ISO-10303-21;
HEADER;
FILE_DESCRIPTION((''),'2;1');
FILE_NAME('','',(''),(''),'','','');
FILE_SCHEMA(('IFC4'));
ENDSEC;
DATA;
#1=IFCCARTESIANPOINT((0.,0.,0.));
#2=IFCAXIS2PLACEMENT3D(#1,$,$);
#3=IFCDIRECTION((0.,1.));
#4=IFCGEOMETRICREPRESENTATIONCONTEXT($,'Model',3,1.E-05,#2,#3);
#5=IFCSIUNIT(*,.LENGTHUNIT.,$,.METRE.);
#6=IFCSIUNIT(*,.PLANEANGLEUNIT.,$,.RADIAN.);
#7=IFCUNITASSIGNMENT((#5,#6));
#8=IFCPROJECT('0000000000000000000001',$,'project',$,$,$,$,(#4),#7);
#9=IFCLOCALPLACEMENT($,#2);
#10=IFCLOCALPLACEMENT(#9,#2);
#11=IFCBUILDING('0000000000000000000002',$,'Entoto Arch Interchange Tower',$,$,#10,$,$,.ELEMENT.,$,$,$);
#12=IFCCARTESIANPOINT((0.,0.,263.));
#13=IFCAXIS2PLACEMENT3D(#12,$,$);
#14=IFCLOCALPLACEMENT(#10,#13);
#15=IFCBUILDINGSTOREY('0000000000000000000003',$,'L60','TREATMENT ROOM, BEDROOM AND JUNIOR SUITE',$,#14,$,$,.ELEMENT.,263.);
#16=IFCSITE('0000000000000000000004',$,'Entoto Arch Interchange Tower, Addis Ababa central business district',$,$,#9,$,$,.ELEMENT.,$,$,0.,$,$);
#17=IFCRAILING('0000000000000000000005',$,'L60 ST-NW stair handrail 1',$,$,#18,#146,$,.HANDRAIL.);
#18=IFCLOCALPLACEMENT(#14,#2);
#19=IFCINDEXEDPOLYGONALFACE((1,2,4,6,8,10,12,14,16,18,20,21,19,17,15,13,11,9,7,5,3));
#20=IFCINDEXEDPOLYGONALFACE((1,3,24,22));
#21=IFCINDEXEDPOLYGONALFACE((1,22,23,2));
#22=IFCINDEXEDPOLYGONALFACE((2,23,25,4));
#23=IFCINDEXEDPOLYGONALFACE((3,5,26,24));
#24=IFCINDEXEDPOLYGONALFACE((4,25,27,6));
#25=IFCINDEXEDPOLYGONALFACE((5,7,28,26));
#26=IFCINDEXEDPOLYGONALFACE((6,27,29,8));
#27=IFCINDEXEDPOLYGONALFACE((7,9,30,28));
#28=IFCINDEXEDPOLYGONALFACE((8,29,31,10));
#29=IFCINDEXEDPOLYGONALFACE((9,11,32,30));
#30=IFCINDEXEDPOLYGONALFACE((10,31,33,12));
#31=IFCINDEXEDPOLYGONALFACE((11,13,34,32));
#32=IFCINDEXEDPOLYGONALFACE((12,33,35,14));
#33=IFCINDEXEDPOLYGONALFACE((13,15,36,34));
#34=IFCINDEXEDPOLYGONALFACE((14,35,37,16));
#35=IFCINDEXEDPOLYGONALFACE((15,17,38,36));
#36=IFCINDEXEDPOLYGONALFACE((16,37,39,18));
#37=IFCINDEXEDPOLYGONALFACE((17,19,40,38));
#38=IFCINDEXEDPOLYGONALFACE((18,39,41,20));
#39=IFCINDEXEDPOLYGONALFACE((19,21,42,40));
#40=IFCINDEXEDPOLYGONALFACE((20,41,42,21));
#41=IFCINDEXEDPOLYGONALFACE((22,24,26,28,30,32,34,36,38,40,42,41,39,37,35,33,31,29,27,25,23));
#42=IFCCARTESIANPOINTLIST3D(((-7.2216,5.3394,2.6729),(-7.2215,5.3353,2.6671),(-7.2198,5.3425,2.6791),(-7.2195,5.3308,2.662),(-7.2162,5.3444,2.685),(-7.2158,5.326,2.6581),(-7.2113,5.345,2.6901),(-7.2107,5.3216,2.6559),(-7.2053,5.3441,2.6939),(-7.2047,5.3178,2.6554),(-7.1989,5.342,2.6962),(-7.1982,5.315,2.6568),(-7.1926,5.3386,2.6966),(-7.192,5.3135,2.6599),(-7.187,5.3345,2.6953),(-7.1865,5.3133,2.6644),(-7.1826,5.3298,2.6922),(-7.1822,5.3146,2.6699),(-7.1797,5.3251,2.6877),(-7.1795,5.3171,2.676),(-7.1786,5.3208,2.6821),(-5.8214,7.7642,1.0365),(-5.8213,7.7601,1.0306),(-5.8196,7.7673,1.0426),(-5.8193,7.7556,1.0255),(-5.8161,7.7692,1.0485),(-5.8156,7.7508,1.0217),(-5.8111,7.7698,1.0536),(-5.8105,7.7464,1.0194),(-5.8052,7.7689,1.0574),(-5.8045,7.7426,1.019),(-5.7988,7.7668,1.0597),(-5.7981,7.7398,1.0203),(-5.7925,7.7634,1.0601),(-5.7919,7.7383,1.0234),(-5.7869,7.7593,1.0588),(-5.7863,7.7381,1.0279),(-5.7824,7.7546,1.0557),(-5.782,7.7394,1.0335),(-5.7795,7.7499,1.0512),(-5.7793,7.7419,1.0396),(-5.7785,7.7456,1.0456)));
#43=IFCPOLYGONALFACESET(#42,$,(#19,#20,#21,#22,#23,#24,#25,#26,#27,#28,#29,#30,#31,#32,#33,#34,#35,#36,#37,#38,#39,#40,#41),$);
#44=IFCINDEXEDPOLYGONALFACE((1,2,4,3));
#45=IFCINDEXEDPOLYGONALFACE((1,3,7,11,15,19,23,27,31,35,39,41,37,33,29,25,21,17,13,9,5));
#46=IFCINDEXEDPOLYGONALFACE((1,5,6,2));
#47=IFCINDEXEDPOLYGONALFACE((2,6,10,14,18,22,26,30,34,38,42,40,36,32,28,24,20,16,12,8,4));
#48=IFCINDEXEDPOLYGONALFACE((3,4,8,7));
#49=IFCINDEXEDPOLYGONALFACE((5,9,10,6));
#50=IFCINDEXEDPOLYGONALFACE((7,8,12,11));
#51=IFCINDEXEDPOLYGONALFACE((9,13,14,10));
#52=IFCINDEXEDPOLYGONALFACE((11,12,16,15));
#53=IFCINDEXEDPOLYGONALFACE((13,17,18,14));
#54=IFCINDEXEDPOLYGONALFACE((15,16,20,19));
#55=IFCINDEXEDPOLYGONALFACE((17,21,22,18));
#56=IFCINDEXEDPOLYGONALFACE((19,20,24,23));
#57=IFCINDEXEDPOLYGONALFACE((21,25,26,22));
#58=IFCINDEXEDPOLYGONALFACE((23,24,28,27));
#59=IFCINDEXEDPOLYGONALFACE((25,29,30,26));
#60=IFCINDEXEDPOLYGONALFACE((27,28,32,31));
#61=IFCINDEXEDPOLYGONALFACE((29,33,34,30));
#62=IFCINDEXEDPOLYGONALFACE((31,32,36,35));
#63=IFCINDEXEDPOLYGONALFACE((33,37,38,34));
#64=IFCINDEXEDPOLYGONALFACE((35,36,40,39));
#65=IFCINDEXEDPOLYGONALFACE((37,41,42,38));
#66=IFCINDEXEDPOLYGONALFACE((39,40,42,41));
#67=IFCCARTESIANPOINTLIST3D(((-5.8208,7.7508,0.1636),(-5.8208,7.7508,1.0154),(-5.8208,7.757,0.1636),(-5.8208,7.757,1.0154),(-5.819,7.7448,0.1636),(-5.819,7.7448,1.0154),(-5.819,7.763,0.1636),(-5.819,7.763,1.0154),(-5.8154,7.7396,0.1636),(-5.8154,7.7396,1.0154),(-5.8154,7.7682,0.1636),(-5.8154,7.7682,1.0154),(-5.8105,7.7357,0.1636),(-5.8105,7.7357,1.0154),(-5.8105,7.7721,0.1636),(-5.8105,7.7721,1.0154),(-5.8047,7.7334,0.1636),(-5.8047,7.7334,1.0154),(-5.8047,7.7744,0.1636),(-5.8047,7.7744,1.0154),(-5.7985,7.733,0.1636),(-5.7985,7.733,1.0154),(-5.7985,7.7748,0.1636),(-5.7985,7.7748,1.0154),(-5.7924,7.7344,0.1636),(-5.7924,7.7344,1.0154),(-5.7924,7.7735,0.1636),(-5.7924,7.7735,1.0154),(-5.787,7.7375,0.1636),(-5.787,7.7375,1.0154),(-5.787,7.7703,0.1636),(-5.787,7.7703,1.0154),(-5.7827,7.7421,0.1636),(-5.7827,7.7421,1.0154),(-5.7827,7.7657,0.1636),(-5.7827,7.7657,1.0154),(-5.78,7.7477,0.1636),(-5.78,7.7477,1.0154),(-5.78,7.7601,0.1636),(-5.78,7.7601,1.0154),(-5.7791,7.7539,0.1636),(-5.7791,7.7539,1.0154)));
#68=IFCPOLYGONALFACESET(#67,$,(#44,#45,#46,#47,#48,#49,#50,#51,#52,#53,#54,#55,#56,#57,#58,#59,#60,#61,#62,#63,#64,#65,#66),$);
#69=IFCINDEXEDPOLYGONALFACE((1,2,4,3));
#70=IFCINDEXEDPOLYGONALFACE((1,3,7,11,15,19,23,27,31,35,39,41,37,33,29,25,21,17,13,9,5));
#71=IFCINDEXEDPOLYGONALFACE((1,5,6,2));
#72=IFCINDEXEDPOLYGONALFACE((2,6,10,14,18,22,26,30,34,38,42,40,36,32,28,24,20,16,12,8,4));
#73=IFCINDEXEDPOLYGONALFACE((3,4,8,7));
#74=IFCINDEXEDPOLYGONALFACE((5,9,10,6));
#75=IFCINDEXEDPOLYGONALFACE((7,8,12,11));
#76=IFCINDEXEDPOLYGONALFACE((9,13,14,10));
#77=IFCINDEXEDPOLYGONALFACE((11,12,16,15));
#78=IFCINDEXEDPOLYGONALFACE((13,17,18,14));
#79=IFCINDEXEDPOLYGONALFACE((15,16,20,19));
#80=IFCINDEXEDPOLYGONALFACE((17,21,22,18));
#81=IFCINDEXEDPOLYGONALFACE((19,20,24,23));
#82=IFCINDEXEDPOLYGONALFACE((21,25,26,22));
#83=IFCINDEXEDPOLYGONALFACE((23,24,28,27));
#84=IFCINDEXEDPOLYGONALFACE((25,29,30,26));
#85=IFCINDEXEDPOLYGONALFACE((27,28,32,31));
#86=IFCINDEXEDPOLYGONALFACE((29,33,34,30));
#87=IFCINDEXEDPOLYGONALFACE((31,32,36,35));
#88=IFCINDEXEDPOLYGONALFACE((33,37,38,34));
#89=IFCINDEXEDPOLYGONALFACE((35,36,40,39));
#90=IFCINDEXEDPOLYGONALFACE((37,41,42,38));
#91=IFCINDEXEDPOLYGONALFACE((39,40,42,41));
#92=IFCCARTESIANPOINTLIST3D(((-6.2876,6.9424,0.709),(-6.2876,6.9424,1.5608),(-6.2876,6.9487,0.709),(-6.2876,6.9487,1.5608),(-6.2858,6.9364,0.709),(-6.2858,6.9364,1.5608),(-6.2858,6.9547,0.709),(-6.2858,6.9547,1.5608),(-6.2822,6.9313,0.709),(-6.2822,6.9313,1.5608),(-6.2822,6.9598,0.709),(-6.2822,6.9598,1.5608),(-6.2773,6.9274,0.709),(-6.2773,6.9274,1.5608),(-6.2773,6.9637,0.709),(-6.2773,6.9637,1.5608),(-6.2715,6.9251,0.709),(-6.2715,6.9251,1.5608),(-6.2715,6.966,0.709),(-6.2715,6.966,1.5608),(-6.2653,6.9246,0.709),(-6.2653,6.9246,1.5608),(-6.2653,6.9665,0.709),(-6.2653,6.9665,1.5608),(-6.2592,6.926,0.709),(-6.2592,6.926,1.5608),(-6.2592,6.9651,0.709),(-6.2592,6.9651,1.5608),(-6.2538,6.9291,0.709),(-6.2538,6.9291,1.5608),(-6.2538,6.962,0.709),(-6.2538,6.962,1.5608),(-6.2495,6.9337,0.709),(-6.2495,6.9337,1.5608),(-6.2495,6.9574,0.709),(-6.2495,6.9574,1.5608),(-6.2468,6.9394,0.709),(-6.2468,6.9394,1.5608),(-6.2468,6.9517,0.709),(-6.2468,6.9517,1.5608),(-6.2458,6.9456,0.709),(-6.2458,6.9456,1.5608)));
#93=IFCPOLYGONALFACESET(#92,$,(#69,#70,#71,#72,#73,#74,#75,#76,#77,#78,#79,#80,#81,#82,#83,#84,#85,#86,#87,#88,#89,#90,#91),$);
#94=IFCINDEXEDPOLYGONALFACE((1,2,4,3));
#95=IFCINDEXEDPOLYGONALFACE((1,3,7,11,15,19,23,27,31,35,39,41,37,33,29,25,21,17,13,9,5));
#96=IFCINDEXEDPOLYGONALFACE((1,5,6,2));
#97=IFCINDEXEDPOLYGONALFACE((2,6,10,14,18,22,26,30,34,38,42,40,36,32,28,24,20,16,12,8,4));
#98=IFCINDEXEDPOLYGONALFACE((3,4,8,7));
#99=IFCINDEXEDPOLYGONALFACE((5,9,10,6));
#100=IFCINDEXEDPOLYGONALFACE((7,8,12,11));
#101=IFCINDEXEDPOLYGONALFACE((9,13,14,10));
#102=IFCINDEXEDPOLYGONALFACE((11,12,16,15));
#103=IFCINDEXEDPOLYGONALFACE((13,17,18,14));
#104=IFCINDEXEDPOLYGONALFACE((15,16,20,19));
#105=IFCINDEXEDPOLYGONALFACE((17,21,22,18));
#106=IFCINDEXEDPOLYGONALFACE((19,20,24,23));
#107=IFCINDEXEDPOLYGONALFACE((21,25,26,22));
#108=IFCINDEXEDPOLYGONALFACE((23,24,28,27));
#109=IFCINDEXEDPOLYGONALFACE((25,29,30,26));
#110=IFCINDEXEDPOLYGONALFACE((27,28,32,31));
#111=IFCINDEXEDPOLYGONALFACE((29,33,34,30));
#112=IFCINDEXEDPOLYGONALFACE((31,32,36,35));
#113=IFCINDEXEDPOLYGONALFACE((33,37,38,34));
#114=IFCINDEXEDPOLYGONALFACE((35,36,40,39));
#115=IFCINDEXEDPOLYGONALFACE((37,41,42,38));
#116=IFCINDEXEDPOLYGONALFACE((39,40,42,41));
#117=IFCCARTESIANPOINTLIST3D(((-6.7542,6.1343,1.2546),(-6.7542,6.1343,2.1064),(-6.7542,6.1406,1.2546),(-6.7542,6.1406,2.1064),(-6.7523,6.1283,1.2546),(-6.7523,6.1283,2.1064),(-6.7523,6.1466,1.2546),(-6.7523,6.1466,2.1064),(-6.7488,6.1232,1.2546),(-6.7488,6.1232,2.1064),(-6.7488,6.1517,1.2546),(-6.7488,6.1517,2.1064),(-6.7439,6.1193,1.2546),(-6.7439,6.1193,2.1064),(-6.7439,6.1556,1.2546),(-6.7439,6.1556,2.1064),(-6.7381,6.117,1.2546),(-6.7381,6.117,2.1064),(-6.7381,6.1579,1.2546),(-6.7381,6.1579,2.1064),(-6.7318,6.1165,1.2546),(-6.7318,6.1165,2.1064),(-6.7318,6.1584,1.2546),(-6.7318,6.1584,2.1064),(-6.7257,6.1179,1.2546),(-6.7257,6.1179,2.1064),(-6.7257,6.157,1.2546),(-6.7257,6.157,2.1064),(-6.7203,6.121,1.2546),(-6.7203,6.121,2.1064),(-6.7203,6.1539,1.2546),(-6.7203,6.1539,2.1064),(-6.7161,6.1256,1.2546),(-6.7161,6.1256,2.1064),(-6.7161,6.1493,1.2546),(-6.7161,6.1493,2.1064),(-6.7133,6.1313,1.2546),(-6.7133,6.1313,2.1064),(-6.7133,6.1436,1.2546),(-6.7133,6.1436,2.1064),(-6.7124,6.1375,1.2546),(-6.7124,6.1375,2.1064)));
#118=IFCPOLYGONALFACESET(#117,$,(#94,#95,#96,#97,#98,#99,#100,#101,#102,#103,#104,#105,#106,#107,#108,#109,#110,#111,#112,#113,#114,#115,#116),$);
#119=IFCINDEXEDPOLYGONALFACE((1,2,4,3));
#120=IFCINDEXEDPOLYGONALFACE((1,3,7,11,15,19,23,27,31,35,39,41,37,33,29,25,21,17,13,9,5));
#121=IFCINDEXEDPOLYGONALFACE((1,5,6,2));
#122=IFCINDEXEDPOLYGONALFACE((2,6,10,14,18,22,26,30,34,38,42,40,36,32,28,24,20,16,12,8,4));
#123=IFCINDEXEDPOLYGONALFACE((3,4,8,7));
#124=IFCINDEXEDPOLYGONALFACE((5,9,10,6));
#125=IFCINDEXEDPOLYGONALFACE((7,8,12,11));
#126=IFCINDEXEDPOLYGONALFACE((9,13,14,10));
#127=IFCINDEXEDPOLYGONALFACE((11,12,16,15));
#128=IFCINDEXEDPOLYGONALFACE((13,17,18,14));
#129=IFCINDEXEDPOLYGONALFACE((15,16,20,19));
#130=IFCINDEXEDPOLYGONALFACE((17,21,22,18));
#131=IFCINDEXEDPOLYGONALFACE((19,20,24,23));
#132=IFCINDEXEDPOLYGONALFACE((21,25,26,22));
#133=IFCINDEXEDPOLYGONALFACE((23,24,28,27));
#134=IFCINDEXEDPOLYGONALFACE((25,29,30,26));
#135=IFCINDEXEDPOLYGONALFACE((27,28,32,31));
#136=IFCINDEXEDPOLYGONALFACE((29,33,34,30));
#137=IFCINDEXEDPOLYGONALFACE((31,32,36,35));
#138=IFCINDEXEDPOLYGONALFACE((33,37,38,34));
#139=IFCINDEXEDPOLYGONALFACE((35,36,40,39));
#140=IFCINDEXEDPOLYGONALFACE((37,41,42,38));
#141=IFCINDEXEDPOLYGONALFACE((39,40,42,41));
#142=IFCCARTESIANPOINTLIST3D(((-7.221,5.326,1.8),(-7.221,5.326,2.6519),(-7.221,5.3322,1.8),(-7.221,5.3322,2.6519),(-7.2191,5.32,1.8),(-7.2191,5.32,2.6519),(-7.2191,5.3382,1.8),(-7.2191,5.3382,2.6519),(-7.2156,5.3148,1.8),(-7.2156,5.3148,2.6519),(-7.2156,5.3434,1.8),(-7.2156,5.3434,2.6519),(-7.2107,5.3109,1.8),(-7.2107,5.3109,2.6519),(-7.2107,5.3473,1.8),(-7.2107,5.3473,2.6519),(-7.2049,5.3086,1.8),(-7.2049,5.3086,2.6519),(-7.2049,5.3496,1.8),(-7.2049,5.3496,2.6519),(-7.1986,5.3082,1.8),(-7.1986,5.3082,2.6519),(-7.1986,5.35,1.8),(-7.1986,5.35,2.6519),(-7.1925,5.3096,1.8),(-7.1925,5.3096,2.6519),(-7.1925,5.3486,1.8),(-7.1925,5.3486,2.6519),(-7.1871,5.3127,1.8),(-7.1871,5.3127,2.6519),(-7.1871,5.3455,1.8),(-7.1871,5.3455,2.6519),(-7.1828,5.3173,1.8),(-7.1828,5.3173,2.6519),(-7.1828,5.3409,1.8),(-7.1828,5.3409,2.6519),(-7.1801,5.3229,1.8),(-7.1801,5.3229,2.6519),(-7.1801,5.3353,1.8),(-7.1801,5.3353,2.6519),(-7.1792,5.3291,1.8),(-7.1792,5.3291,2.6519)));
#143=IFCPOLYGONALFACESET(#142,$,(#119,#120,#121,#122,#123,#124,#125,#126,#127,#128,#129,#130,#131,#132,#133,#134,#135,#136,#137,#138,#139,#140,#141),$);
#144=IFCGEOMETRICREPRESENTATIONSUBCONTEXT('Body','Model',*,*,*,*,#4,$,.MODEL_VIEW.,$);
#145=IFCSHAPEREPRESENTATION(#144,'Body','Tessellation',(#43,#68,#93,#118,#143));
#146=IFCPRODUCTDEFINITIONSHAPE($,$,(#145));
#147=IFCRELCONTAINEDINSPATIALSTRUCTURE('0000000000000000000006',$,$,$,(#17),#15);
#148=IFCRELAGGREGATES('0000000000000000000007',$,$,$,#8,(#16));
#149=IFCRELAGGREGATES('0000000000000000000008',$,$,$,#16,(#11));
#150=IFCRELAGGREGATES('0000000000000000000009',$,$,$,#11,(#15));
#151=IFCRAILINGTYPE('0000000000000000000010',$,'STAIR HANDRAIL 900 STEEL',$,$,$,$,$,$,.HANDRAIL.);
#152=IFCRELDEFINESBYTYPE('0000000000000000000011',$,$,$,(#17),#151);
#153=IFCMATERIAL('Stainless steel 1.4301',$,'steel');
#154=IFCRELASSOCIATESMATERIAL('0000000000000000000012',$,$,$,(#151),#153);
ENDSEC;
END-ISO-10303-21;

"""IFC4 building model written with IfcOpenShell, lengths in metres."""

from ifc_helpers import new_model, si_unit, direction, frame, origin, origin_2d, place, context, subcontext, project, spatial, circle, extrude, material, type_object, element, save


model = new_model("IFC4")

# Units and contexts
model_context = context("Model", 3, precision=1e-05, world=origin(), true_north=direction((0.0, 1.0)))
body_context = subcontext(model_context, "Body", "Model", "MODEL_VIEW")
ifc_project = project(units=[si_unit("LENGTHUNIT", "METRE"), si_unit("PLANEANGLEUNIT", "RADIAN")], contexts=[model_context])

# Site, building, storey
site_placement = place(None, origin())
site = spatial("IfcSite", under=ifc_project, at=site_placement, Name="Entoto Arch Interchange Tower, Addis Ababa central business district", CompositionType="ELEMENT", RefElevation=0.0)
building_placement = place(site_placement, origin())
building = spatial("IfcBuilding", under=site, at=building_placement, Name="Entoto Arch Interchange Tower", CompositionType="ELEMENT")
storey_placement = place(building_placement, frame((0.0, 0.0, 263.0)))
storey = spatial("IfcBuildingStorey", under=building, at=storey_placement, Name="L60", Description="TREATMENT ROOM, BEDROOM AND JUNIOR SUITE", CompositionType="ELEMENT", Elevation=263.0)

# Railing
ifc_material_1 = material(Name="Stainless steel 1.4301", Category="steel")
railing_type_1 = type_object("IfcRailingType", Name="STAIR HANDRAIL 900 STEEL", PredefinedType="HANDRAIL", material=ifc_material_1)
railing_1_placement = place(storey_placement, frame((-5.8, 7.7539, 0.1636)))
element("IfcRailing", 1, at=railing_1_placement, inside=storey, type_object=railing_type_1, Name="L60 ST-NW stair handrail 1", PredefinedType="HANDRAIL", context=body_context, shape_type="SweptSolid", body=[
    extrude(circle(Radius=0.0239, at=origin_2d()), frame((0.0, 0.0, 0.876), z_axis=(-0.431722, -0.747666, 0.504591), x_axis=(0.865997, -0.50005, 0.0)), (0.0, 0.0, 1.0), 3.2432),
    extrude(circle(Radius=0.021, at=origin_2d()), origin(), (0.0, 0.0, 1.0), 0.8518),
    extrude(circle(Radius=0.021, at=origin_2d()), frame((-0.4668, -0.8083, 0.5454)), (0.0, 0.0, 1.0), 0.8518),
    extrude(circle(Radius=0.021, at=origin_2d()), frame((-0.9333, -1.6165, 1.0911)), (0.0, 0.0, 1.0), 0.8518),
    extrude(circle(Radius=0.021, at=origin_2d()), frame((-1.4001, -2.4248, 1.6365)), (0.0, 0.0, 1.0), 0.8518),
])

save(model, "model.ifc")
